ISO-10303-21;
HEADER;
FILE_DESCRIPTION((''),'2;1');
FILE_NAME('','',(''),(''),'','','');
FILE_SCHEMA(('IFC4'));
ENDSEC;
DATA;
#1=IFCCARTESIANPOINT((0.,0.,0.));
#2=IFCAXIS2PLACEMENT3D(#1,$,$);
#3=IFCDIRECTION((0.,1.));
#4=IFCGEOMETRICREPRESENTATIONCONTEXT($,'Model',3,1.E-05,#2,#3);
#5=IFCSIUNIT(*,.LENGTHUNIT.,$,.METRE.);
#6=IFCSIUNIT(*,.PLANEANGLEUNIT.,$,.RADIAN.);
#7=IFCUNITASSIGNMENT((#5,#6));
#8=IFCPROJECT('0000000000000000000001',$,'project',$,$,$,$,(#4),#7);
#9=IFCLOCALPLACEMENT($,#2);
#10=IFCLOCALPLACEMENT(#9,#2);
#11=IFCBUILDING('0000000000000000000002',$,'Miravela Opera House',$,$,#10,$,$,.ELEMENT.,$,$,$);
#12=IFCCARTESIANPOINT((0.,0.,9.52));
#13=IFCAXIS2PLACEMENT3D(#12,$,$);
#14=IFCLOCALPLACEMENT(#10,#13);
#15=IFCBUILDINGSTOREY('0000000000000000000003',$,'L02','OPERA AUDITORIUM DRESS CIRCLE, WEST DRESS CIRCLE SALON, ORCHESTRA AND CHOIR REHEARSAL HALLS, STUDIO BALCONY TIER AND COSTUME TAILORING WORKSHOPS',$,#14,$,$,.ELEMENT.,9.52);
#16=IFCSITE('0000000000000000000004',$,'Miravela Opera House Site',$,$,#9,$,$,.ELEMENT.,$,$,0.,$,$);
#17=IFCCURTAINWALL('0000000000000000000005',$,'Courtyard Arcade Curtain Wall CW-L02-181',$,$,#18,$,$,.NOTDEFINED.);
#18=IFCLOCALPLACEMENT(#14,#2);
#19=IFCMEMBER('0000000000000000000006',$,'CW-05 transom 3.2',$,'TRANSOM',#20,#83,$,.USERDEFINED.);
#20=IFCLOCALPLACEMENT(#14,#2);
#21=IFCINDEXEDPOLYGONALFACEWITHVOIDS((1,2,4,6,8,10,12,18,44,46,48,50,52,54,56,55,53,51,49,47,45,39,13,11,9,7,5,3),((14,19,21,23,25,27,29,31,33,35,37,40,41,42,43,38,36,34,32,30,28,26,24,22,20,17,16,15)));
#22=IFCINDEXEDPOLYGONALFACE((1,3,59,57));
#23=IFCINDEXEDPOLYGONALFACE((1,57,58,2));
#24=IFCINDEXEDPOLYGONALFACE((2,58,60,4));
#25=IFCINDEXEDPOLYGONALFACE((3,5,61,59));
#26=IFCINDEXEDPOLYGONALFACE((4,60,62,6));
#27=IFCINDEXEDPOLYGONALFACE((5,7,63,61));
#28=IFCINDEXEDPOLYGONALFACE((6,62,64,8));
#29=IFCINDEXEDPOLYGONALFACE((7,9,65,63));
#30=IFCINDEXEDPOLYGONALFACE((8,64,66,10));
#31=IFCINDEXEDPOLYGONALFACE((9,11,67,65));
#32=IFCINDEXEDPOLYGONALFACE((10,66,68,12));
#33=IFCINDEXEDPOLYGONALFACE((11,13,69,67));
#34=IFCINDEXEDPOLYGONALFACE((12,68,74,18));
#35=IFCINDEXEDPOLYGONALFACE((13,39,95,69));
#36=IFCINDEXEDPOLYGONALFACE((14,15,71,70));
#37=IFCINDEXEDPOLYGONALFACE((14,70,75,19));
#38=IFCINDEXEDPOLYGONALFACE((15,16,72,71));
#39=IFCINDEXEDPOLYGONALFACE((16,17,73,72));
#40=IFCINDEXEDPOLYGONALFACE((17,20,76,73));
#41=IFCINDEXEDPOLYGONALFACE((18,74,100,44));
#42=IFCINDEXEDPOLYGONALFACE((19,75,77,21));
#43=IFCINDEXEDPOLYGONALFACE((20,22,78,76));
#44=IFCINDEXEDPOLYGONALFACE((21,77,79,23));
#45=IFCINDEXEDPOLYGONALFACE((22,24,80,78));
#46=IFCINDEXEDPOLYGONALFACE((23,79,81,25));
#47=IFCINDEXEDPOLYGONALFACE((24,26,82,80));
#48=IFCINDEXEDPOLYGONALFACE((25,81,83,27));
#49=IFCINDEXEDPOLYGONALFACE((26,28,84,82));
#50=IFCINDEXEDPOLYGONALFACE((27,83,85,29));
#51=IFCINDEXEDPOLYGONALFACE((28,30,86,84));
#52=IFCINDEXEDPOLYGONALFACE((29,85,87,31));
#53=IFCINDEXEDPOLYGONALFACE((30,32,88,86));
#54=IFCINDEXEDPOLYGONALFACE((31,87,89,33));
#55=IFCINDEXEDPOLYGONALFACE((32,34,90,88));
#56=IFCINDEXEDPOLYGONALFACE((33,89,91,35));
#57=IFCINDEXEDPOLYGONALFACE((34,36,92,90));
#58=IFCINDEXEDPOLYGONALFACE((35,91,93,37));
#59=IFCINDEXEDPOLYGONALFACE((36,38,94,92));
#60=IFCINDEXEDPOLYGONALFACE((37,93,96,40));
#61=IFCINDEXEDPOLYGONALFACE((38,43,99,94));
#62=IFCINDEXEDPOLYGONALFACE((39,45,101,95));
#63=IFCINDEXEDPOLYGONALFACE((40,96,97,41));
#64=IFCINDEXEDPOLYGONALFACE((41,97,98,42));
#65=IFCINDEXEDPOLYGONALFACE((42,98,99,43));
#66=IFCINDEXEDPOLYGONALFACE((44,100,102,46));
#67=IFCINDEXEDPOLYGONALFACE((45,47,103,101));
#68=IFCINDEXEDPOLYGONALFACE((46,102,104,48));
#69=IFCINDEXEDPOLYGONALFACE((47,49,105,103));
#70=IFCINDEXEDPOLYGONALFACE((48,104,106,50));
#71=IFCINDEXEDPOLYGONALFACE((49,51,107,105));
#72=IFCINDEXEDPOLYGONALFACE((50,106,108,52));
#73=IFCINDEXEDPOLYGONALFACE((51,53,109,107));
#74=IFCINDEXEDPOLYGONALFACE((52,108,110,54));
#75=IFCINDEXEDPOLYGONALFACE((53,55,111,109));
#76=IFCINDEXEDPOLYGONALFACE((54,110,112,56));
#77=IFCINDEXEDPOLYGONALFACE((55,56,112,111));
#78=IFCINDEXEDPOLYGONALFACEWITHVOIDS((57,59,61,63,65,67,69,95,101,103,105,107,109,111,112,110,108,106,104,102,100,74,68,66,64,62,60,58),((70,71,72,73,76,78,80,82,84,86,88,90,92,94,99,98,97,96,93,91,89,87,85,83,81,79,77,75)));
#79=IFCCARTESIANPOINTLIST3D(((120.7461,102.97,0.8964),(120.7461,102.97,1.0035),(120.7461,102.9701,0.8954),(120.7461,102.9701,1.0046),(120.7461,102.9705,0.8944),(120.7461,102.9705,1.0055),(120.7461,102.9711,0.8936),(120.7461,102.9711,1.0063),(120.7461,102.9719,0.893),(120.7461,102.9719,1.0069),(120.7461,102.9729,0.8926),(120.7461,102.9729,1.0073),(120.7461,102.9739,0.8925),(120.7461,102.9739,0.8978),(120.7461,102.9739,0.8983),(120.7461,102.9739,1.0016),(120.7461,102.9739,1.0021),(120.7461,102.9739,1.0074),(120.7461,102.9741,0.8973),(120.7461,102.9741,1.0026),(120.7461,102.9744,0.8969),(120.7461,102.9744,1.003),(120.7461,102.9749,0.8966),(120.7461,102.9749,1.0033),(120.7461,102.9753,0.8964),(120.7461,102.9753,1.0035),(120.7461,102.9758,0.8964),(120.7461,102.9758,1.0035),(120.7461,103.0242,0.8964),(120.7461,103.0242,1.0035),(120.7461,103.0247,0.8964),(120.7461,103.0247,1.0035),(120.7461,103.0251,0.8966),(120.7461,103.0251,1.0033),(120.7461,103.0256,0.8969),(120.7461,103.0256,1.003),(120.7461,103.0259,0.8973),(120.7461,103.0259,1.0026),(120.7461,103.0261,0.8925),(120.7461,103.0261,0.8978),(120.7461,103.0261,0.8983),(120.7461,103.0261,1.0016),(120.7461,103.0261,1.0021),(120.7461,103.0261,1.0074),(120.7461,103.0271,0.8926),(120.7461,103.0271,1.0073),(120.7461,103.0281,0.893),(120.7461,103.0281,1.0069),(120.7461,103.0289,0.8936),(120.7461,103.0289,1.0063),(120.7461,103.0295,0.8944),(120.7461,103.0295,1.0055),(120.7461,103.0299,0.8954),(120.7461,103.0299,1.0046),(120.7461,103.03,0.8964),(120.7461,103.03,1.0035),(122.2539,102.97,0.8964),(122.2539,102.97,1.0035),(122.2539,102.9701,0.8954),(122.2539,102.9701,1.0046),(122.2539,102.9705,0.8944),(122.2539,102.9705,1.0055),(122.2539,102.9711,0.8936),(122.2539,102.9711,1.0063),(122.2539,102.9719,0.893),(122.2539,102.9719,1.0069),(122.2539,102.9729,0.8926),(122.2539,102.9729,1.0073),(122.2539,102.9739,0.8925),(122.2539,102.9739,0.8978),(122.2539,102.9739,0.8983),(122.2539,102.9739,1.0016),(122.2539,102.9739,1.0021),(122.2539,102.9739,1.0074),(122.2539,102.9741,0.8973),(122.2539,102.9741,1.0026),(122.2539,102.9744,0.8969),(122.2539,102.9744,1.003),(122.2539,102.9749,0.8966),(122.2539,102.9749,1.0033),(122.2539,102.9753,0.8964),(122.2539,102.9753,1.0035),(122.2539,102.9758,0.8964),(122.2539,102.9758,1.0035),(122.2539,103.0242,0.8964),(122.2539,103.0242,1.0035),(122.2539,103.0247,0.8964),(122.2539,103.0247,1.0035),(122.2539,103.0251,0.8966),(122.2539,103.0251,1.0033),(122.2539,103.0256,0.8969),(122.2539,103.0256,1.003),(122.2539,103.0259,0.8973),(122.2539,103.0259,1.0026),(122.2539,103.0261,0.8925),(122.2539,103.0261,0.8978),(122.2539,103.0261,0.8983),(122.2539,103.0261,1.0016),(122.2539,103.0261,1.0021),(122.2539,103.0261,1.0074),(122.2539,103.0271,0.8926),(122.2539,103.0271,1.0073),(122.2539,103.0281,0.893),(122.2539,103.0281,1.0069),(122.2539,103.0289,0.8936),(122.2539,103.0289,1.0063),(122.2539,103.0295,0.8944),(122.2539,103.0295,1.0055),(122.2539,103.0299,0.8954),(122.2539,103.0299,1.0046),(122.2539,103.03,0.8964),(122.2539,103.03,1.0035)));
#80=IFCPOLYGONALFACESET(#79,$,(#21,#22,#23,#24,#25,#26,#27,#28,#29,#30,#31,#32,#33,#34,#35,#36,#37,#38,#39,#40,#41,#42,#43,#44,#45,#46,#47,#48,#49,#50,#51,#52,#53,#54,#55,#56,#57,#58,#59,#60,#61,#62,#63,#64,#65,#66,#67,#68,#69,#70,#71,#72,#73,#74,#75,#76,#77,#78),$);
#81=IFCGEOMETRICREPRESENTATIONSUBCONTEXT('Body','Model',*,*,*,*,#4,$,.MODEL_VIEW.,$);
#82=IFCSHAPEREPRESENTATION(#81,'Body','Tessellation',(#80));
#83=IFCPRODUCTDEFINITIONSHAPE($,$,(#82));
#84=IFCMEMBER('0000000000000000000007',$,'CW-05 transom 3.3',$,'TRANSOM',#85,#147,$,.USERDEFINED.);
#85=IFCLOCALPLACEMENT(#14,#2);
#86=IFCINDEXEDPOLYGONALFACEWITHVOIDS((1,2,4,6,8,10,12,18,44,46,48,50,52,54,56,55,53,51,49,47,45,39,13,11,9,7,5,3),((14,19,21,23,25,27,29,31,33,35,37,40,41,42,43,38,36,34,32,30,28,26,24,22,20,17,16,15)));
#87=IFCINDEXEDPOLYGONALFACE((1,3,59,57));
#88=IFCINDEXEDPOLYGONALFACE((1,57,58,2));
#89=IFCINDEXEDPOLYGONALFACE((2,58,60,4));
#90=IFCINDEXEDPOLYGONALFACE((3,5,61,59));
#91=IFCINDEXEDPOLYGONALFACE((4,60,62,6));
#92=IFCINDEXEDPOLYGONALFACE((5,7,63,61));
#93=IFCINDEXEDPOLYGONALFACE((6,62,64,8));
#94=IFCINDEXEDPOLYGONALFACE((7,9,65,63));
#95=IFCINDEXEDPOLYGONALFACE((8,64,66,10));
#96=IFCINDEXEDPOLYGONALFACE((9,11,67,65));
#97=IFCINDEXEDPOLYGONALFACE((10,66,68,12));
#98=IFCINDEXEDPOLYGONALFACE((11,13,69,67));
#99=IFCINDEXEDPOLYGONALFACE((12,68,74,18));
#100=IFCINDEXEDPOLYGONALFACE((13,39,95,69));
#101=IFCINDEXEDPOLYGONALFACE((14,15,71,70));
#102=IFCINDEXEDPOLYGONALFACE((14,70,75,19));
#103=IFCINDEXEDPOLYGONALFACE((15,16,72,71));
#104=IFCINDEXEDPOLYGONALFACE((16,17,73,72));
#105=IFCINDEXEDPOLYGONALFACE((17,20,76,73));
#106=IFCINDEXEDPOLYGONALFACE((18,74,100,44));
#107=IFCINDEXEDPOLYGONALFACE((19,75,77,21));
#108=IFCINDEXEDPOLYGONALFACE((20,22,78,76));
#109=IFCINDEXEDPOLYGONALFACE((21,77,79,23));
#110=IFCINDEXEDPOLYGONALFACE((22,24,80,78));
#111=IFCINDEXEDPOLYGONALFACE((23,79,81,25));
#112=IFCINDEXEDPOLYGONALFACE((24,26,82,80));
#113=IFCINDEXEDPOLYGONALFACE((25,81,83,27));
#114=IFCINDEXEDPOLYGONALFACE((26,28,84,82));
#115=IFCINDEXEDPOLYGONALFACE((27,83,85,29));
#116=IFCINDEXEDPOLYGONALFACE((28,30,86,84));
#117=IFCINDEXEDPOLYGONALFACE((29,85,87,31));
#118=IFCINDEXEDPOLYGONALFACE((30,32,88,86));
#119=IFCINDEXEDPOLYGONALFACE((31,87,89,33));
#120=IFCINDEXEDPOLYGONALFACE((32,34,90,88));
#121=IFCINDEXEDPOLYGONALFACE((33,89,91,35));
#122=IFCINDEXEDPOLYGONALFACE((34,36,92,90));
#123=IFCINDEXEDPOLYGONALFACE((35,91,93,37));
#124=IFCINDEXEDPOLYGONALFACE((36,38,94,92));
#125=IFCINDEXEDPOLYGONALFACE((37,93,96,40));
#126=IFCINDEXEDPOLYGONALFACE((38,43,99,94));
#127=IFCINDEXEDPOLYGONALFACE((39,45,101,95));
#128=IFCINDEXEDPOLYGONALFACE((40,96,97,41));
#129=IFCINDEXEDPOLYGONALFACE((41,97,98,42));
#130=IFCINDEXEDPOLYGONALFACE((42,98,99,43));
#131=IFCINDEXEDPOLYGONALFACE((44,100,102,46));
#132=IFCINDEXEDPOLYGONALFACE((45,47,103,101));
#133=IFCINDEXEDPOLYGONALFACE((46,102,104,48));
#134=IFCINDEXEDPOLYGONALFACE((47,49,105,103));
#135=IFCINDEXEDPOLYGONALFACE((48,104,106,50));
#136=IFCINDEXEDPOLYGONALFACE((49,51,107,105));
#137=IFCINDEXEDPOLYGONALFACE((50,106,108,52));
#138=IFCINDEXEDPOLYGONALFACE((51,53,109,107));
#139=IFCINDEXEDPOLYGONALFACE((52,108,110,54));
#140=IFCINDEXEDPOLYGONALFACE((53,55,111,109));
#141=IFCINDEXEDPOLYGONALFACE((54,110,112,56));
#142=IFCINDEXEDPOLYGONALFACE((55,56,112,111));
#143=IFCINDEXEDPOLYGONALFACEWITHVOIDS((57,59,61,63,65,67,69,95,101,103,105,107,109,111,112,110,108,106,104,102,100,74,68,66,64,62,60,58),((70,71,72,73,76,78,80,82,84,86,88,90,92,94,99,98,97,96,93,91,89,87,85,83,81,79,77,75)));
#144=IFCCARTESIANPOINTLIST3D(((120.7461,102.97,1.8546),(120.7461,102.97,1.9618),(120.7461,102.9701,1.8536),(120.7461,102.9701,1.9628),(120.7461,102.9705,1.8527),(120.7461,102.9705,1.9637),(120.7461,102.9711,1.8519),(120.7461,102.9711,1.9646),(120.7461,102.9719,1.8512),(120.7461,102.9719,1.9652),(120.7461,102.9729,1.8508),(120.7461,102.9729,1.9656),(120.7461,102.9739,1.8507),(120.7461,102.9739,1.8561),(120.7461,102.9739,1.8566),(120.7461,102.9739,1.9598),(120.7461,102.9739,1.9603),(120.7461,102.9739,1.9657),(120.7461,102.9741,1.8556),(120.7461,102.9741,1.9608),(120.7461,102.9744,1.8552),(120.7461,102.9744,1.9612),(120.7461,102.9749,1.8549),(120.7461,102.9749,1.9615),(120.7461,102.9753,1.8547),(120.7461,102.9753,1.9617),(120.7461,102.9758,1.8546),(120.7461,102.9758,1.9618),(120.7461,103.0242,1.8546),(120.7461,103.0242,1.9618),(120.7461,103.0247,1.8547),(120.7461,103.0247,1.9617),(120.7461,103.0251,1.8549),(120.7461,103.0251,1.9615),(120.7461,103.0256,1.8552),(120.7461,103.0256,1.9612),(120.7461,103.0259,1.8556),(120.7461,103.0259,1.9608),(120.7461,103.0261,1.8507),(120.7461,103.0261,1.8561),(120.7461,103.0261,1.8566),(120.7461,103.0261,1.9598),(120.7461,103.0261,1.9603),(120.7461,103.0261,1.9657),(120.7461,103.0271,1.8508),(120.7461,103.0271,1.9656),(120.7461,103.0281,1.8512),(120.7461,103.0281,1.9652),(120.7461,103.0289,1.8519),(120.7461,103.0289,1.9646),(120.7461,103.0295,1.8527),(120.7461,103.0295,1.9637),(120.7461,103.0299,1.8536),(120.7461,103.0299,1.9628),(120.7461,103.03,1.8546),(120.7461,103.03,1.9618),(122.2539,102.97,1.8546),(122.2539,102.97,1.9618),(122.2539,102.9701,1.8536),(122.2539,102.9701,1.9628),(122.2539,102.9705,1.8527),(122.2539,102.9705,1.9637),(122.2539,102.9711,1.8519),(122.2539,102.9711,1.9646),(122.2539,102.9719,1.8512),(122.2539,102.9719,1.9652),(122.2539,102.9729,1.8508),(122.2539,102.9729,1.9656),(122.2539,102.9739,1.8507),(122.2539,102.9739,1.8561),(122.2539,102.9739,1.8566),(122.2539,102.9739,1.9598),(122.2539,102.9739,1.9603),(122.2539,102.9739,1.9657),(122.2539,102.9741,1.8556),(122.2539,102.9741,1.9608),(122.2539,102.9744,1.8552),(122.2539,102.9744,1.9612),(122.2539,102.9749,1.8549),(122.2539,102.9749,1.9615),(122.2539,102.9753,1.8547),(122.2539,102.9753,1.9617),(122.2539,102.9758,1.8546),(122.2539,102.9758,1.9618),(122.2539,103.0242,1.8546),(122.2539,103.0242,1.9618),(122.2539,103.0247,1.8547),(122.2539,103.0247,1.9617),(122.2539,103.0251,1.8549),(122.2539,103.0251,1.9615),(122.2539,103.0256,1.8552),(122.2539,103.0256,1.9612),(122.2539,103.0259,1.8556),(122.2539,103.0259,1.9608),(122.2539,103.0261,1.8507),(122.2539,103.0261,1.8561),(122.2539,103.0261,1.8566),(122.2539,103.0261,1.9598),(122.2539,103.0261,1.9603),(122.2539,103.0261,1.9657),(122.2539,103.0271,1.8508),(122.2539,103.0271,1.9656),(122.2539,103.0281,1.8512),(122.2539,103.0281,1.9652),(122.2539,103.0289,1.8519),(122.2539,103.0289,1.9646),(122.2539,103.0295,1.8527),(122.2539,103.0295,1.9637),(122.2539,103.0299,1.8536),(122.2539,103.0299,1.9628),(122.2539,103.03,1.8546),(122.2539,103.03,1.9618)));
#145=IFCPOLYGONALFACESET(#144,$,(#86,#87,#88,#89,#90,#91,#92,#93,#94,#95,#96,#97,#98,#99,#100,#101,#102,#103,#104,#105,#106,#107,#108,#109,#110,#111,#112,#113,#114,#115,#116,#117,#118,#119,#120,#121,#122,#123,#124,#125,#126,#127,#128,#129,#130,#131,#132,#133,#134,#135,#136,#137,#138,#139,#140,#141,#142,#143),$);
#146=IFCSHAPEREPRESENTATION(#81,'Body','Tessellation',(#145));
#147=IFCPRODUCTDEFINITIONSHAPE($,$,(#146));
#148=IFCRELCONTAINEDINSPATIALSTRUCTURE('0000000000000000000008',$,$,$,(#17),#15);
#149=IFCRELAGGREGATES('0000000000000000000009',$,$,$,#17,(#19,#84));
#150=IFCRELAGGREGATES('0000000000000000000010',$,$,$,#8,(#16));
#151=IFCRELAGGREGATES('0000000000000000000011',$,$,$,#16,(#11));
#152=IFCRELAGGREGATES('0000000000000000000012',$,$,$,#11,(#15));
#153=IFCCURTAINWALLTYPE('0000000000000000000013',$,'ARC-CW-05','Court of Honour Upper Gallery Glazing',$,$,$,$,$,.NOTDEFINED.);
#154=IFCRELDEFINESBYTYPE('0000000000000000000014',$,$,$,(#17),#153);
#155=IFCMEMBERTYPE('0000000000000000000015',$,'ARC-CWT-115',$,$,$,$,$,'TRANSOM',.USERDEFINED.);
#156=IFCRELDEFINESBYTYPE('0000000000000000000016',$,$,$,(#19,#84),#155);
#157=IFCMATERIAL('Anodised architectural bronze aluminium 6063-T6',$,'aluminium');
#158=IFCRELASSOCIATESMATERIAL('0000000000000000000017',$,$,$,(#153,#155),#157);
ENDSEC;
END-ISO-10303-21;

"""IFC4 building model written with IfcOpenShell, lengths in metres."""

from ifc_helpers import new_model, si_unit, direction, frame, origin, origin_2d, place, context, subcontext, project, spatial, hollow_rectangle, extrude, material, material_profile, profile_set, type_object, element, aggregate, save


model = new_model("IFC4")

# Units and contexts
model_context = context("Model", 3, precision=1e-05, world=origin(), true_north=direction((0.0, 1.0)))
body_context = subcontext(model_context, "Body", "Model", "MODEL_VIEW")
ifc_project = project(units=[si_unit("LENGTHUNIT", "METRE"), si_unit("PLANEANGLEUNIT", "RADIAN")], contexts=[model_context])

# Site, building, storey
site_placement = place(None, origin())
site = spatial("IfcSite", under=ifc_project, at=site_placement, Name="Miravela Opera House Site", CompositionType="ELEMENT", RefElevation=0.0)
building_placement = place(site_placement, origin())
building = spatial("IfcBuilding", under=site, at=building_placement, Name="Miravela Opera House", CompositionType="ELEMENT")
storey_placement = place(building_placement, frame((0.0, 0.0, 9.52)))
storey = spatial("IfcBuildingStorey", under=building, at=storey_placement, Name="L02", Description="OPERA AUDITORIUM DRESS CIRCLE, WEST DRESS CIRCLE SALON, ORCHESTRA AND CHOIR REHEARSAL HALLS, STUDIO BALCONY TIER AND COSTUME TAILORING WORKSHOPS", CompositionType="ELEMENT", Elevation=9.52)

# Curtain wall, members
ifc_material_1 = material(Name="Anodised architectural bronze aluminium 6063-T6", Category="aluminium")
curtain_wall_type = type_object("IfcCurtainWallType", Name="ARC-CW-05", Description="Court of Honour Upper Gallery Glazing", PredefinedType="NOTDEFINED", material=ifc_material_1)
curtain_wall_placement = place(storey_placement, origin())
curtain_wall = element("IfcCurtainWall", 1, at=curtain_wall_placement, inside=storey, type_object=curtain_wall_type, Name="Courtyard Arcade Curtain Wall CW-L02-181", PredefinedType="NOTDEFINED")
ifc_material_profile_1 = material_profile(ifc_material_1, hollow_rectangle(XDim=0.0601, YDim=0.115, WallThickness=0.0039, InnerFilletRadius=0.002, OuterFilletRadius=0.0039, at=origin_2d()), Name="CWT-60X115")
ifc_profile_set_1 = profile_set([ifc_material_profile_1])
member_type_1 = type_object("IfcMemberType", Name="ARC-CWT-115", ElementType="TRANSOM", PredefinedType="USERDEFINED", material=ifc_profile_set_1)
member_1_placement = place(storey_placement, frame((120.7461, 103.0, 0.95), z_axis=(1.0, 0.0, 0.0), x_axis=(0.0, 1.0, 0.0)))
member_1 = element("IfcMember", 2, at=member_1_placement, type_object=member_type_1, Name="CW-05 transom 3.2", ObjectType="TRANSOM", PredefinedType="USERDEFINED", context=body_context, shape_type="SweptSolid", body=[
    extrude(hollow_rectangle(XDim=0.0601, YDim=0.115, WallThickness=0.0039, InnerFilletRadius=0.002, OuterFilletRadius=0.0039, at=origin_2d()), origin(), (0.0, 0.0, 1.0), 1.5078),
])
member_2_placement = place(storey_placement, frame((120.7461, 103.0, 1.9082), z_axis=(1.0, 0.0, 0.0), x_axis=(0.0, 1.0, 0.0)))
member_2 = element("IfcMember", 3, at=member_2_placement, type_object=member_type_1, Name="CW-05 transom 3.3", ObjectType="TRANSOM", PredefinedType="USERDEFINED", context=body_context, shape_type="SweptSolid", body=[
    extrude(hollow_rectangle(XDim=0.0601, YDim=0.115, WallThickness=0.0039, InnerFilletRadius=0.002, OuterFilletRadius=0.0039, at=origin_2d()), origin(), (0.0, 0.0, 1.0), 1.5078),
])

aggregate(curtain_wall, [member_1, member_2])

save(model, "model.ifc")
